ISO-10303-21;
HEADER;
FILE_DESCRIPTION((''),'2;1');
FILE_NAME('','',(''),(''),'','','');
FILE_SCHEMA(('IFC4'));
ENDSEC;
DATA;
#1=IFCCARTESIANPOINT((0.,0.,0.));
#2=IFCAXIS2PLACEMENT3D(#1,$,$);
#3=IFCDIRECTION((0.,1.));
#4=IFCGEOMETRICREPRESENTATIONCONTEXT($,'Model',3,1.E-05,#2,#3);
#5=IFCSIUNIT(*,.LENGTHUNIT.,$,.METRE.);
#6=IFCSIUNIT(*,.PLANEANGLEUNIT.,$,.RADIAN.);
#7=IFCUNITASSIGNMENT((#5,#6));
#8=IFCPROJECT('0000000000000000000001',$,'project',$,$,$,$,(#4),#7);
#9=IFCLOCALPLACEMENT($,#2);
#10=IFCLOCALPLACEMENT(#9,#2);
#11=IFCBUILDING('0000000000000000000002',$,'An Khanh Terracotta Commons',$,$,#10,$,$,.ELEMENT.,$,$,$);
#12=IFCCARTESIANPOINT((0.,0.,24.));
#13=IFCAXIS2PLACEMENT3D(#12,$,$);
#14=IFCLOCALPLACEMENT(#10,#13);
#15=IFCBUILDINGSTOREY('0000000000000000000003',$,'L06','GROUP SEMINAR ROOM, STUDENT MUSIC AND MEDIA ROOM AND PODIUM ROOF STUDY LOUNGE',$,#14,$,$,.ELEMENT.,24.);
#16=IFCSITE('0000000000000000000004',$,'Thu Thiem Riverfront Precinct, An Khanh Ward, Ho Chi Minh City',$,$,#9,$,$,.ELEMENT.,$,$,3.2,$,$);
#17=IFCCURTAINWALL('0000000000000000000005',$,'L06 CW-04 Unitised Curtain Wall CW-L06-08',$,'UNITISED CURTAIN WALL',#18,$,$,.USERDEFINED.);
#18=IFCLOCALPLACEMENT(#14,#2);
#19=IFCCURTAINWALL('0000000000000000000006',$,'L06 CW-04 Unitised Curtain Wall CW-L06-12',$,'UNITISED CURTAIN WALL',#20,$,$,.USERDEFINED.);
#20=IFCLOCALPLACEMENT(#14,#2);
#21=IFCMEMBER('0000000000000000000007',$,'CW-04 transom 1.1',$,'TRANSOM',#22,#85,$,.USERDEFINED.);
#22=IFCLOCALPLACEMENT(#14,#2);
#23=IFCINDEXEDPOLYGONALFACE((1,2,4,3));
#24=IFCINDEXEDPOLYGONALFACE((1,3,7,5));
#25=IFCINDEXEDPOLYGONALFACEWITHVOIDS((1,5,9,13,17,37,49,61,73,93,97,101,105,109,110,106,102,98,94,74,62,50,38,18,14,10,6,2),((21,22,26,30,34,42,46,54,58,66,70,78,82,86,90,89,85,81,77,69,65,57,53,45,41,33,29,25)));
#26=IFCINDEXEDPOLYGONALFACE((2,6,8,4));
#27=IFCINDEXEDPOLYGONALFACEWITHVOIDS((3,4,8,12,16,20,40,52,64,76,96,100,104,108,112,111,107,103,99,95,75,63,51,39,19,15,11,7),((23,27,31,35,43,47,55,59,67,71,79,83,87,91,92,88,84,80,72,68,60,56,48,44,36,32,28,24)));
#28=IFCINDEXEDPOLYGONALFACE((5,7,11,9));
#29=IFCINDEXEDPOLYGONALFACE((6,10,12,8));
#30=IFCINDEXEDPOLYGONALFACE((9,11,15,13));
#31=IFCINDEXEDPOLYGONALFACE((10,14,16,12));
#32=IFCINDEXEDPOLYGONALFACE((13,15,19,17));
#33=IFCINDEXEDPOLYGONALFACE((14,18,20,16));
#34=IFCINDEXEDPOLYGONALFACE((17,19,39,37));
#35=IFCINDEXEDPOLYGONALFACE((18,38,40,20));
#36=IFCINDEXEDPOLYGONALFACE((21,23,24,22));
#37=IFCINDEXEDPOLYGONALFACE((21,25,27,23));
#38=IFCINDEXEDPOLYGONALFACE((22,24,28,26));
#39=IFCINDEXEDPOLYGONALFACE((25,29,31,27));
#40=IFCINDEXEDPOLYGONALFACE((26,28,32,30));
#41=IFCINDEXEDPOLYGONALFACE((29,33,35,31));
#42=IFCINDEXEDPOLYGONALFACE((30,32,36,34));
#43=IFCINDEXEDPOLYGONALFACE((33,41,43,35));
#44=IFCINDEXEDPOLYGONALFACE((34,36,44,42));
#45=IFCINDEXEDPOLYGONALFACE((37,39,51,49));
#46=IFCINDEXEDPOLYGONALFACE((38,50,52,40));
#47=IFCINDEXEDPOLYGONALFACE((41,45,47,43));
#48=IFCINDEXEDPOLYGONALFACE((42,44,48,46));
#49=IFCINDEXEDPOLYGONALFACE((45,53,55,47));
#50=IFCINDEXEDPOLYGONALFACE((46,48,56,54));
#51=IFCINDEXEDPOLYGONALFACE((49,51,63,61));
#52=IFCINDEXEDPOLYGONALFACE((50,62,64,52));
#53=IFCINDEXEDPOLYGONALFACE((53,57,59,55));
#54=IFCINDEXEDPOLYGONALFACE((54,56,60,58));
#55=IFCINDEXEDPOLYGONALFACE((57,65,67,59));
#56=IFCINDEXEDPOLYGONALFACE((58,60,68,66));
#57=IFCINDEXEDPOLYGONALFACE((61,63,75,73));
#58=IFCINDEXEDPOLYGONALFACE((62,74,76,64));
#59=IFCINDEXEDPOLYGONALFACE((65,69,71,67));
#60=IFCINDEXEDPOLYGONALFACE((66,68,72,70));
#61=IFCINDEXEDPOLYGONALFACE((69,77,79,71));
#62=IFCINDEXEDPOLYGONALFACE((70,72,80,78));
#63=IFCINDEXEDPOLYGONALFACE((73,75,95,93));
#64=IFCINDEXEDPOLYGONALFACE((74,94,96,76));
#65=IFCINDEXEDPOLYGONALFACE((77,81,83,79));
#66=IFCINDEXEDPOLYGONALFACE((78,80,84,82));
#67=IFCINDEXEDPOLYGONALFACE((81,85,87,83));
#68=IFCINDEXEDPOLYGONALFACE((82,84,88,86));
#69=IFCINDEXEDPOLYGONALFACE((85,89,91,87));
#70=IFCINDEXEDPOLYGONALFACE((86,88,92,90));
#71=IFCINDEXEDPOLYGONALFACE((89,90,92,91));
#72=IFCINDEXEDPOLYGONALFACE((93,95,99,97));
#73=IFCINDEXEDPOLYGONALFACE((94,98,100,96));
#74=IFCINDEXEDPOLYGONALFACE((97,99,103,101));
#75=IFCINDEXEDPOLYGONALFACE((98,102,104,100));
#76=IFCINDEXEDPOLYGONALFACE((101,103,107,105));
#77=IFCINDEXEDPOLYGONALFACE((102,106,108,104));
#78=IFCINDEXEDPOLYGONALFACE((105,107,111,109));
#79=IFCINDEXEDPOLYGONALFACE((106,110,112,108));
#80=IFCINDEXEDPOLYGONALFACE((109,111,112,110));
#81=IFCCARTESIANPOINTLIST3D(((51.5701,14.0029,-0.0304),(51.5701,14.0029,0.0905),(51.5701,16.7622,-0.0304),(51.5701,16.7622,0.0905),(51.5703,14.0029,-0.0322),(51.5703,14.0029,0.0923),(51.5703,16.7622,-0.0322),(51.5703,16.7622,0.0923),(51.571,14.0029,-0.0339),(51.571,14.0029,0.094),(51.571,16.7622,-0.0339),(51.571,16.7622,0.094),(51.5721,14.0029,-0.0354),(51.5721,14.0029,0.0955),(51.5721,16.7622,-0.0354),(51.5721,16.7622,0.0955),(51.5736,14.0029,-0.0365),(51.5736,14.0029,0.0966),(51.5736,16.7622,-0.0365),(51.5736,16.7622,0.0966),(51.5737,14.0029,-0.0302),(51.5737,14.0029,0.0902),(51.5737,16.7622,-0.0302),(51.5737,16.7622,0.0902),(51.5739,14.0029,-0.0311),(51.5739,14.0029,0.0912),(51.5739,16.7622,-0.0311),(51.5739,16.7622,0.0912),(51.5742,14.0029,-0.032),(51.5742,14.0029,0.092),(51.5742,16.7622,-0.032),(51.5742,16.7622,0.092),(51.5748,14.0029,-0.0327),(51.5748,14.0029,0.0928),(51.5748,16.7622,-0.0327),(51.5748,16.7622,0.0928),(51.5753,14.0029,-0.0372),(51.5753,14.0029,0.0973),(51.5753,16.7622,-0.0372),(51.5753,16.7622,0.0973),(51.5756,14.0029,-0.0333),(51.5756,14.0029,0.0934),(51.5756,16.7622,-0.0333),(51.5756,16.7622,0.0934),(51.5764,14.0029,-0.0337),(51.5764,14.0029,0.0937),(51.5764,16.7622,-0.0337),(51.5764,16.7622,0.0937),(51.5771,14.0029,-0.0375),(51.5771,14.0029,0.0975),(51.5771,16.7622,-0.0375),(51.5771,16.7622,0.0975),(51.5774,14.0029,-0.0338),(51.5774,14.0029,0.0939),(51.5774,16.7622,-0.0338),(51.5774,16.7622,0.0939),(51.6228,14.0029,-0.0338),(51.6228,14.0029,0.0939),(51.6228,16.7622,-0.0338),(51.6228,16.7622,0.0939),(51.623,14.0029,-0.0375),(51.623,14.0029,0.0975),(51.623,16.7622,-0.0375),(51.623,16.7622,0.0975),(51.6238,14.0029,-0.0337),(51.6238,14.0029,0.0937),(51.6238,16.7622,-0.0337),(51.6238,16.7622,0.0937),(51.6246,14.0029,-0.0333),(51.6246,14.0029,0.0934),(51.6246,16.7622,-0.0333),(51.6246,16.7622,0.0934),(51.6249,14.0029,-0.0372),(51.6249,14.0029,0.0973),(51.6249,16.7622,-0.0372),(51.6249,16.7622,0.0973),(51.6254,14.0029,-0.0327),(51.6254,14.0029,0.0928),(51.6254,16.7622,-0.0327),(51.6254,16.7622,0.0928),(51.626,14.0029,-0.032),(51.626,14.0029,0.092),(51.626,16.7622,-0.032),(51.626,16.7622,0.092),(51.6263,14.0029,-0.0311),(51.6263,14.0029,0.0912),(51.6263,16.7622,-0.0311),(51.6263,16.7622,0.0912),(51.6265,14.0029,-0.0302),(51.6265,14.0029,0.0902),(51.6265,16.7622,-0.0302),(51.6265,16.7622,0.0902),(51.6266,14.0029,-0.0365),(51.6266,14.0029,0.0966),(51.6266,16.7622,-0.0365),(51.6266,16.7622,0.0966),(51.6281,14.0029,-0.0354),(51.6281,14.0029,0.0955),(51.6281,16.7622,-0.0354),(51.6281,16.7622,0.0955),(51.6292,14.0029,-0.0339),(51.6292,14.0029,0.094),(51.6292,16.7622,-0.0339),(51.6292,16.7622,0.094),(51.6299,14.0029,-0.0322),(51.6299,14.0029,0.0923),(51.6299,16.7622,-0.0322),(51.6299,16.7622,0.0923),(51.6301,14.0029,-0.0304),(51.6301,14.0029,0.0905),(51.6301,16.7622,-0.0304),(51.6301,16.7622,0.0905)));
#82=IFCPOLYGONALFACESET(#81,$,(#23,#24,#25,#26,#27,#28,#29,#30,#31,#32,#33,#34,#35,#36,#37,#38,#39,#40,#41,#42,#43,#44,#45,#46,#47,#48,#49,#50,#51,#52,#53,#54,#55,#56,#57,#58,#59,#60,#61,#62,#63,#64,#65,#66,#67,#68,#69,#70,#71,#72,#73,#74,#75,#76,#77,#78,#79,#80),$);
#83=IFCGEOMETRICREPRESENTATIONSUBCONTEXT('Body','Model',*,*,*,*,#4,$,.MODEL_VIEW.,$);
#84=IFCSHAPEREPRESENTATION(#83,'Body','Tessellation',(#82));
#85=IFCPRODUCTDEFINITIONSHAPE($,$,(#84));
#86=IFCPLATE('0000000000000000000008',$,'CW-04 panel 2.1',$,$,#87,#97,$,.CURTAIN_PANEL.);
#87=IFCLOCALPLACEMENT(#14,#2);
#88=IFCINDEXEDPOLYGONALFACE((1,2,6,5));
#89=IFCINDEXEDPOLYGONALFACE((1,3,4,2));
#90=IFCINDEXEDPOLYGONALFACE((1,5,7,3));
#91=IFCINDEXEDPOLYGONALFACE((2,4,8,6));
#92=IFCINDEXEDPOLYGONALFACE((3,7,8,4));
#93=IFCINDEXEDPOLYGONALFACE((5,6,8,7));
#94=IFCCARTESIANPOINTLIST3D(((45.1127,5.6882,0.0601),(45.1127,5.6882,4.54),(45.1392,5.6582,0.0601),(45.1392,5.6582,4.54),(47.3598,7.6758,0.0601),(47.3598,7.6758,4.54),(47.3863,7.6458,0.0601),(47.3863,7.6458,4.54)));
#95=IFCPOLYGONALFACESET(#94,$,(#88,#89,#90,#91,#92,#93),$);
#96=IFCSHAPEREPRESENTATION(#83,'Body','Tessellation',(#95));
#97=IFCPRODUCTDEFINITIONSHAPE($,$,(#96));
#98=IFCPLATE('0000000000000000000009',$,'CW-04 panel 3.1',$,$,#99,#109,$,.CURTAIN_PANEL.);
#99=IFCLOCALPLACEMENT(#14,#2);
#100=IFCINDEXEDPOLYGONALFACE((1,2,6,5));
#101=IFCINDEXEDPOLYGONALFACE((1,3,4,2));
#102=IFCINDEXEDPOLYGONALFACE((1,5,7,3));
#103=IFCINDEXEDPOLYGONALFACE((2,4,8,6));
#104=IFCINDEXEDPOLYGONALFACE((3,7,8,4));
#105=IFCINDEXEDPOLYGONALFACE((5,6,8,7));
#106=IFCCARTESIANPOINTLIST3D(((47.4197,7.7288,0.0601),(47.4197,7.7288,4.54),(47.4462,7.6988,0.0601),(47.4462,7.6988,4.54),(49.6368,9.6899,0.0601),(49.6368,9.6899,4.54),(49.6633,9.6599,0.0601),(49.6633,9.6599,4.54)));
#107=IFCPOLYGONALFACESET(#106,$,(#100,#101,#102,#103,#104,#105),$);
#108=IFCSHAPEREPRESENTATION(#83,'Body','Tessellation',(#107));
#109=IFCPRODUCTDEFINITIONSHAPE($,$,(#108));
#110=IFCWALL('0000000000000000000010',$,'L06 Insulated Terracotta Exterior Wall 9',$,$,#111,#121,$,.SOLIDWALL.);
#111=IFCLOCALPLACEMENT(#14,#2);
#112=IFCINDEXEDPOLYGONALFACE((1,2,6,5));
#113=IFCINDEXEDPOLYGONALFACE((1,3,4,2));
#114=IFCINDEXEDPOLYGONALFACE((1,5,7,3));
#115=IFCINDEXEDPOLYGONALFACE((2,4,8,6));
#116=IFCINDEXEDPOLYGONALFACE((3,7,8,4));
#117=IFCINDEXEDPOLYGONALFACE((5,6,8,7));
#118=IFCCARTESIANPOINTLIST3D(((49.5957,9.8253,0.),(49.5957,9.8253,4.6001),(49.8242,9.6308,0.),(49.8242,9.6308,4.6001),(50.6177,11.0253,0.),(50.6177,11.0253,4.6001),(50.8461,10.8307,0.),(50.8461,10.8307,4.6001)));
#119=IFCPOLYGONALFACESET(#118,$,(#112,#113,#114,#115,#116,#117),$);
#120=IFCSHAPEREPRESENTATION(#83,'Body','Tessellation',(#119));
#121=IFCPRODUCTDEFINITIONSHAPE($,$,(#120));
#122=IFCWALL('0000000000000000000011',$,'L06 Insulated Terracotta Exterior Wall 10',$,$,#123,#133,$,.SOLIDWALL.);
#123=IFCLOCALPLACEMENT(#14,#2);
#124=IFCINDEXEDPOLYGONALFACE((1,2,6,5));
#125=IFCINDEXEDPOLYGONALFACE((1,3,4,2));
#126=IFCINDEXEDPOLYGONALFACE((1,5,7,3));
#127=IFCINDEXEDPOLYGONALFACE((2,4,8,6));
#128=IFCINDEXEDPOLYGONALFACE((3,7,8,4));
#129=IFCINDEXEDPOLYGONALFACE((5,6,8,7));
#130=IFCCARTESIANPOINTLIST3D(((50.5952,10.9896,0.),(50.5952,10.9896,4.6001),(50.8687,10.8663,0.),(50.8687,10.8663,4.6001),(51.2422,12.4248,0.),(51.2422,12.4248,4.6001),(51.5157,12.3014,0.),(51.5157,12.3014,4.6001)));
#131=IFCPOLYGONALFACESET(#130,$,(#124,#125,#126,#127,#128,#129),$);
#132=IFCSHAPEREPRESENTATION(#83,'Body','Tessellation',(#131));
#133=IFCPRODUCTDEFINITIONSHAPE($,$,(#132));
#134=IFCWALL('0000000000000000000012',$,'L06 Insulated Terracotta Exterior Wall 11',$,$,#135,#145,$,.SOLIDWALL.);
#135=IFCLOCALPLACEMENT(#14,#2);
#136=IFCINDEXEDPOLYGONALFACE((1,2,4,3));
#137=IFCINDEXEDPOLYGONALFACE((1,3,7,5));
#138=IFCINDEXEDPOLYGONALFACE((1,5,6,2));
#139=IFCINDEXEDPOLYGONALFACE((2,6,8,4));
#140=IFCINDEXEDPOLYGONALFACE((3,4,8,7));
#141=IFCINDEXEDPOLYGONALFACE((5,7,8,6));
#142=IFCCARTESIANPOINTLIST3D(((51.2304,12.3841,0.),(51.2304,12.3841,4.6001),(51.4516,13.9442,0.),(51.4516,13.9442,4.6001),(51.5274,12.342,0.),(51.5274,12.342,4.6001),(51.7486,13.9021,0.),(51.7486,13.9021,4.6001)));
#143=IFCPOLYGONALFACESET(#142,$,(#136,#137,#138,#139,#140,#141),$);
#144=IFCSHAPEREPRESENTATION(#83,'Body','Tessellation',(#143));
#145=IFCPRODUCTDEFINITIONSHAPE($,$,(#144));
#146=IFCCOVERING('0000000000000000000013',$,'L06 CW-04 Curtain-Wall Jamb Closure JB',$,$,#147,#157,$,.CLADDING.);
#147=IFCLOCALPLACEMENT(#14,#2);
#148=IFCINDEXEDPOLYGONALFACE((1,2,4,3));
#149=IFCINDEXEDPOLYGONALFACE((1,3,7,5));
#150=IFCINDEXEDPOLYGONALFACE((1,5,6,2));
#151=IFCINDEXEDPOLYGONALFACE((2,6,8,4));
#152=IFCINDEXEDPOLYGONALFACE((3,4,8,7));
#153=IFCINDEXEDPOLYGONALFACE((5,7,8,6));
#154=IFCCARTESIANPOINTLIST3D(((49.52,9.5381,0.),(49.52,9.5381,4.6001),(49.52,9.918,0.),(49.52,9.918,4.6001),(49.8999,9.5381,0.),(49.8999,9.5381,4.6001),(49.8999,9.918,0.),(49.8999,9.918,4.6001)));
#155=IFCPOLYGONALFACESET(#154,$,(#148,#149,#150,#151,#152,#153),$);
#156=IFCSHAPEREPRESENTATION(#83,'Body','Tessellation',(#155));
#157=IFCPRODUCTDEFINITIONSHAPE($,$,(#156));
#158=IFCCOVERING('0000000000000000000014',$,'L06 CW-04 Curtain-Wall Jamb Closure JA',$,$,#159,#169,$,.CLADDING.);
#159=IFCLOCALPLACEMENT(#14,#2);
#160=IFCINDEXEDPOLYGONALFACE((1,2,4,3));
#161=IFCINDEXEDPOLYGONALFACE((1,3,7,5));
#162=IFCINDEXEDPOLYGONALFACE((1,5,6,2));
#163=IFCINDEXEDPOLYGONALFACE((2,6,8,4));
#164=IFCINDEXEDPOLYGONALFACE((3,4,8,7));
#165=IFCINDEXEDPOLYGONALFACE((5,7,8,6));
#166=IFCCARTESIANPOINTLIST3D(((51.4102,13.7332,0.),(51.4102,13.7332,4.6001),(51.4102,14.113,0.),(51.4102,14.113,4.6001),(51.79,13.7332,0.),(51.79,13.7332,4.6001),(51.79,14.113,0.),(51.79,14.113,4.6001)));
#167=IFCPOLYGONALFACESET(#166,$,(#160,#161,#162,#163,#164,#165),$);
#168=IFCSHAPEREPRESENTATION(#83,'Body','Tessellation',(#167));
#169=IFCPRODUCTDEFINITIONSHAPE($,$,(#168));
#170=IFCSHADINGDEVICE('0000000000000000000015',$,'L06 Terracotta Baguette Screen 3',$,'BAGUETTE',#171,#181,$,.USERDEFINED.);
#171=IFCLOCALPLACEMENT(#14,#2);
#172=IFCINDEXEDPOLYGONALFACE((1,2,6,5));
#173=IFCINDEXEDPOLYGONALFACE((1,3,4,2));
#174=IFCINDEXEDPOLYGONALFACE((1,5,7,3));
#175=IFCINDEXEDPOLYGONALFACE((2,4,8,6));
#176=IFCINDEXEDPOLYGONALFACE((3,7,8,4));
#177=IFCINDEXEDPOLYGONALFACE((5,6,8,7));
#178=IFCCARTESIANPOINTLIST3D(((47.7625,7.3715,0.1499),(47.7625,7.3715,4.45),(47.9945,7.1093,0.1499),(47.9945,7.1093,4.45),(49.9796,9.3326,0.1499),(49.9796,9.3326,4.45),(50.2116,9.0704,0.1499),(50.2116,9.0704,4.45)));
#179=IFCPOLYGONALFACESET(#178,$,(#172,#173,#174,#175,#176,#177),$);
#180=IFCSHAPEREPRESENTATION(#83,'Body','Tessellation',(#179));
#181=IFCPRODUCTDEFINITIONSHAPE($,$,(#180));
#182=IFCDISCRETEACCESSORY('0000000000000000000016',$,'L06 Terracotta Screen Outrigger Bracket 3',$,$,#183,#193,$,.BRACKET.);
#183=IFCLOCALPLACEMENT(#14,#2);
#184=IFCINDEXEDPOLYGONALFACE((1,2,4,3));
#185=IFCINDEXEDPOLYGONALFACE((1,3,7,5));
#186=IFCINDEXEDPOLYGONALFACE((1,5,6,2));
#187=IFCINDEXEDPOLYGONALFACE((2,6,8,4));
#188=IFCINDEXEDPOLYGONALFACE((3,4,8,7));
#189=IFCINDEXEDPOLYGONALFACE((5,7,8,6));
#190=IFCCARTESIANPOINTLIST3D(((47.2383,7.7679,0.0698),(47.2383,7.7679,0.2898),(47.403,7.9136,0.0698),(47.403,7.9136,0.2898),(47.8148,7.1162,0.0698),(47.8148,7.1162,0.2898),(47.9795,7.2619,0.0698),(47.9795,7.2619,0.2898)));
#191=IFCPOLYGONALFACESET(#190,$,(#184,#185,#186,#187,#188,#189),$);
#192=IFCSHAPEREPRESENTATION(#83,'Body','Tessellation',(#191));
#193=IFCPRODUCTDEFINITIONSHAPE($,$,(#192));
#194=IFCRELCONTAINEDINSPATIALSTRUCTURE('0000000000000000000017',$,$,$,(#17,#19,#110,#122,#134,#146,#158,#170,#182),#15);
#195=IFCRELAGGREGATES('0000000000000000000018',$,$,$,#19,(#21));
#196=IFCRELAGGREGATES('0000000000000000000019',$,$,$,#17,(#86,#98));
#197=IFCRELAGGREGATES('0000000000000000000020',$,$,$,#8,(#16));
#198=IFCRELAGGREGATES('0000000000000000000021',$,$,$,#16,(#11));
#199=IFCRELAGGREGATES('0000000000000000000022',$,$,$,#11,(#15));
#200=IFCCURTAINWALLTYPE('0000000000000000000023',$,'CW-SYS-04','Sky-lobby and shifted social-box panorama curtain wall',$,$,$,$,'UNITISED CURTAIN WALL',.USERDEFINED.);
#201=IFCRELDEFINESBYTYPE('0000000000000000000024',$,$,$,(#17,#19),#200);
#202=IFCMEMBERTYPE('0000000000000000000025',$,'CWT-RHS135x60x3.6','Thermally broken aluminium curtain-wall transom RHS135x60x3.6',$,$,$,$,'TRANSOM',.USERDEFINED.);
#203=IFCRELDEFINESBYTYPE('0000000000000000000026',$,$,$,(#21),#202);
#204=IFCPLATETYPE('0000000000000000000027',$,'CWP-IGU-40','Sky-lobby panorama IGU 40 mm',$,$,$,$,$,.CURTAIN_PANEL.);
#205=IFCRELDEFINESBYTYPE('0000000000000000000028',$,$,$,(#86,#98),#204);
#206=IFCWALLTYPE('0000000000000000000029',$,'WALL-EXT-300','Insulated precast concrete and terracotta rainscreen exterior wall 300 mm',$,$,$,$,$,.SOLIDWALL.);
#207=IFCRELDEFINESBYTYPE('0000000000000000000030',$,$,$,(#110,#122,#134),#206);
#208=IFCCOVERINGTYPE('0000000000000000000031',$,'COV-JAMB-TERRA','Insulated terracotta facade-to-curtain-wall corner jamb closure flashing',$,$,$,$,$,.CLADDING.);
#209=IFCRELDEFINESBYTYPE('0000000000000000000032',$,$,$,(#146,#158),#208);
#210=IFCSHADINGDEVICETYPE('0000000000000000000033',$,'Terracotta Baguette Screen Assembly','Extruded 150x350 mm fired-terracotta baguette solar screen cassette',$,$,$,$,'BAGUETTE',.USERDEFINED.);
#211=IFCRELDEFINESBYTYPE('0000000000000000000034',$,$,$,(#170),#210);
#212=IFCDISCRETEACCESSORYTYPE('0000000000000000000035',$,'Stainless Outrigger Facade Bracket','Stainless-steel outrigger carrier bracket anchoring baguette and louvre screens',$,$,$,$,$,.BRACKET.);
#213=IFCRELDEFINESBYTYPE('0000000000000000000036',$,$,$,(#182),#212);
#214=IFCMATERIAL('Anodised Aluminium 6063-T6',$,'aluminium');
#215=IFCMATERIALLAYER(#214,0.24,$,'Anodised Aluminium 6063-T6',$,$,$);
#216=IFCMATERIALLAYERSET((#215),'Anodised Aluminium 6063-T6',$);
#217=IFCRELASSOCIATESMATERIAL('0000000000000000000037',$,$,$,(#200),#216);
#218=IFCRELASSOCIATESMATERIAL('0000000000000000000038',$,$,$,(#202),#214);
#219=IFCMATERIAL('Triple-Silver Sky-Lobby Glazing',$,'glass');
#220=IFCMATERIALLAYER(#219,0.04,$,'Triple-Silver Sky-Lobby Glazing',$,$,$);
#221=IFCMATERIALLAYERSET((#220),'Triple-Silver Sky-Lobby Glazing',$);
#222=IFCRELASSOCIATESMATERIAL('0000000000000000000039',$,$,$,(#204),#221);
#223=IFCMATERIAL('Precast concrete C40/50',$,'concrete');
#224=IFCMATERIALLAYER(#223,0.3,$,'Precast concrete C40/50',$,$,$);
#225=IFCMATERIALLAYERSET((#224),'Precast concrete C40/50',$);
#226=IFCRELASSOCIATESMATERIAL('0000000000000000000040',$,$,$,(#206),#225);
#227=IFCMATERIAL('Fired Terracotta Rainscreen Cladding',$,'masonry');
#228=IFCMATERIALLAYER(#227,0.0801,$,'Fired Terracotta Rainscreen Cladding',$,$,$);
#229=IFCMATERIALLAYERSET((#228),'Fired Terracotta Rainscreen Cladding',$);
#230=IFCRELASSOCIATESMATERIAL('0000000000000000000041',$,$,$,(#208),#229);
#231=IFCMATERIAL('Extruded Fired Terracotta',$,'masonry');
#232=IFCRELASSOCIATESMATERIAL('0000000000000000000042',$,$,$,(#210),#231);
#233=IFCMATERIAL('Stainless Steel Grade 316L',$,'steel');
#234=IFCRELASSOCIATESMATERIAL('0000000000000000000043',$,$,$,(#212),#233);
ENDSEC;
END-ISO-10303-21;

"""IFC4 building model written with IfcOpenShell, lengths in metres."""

from ifc_helpers import new_model, si_unit, direction, frame, frame_2d, origin, origin_2d, place, context, subcontext, project, spatial, rectangle, hollow_rectangle, extrude, material, layer, layer_set, material_profile, profile_set, type_object, element, aggregate, save


model = new_model("IFC4")

# Units and contexts
model_context = context("Model", 3, precision=1e-05, world=origin(), true_north=direction((0.0, 1.0)))
body_context = subcontext(model_context, "Body", "Model", "MODEL_VIEW")
ifc_project = project(units=[si_unit("LENGTHUNIT", "METRE"), si_unit("PLANEANGLEUNIT", "RADIAN")], contexts=[model_context])

# Site, building, storey
site_placement = place(None, origin())
site = spatial("IfcSite", under=ifc_project, at=site_placement, Name="Thu Thiem Riverfront Precinct, An Khanh Ward, Ho Chi Minh City", CompositionType="ELEMENT", RefElevation=3.2)
building_placement = place(site_placement, origin())
building = spatial("IfcBuilding", under=site, at=building_placement, Name="An Khanh Terracotta Commons", CompositionType="ELEMENT")
storey_placement = place(building_placement, frame((0.0, 0.0, 24.0)))
storey = spatial("IfcBuildingStorey", under=building, at=storey_placement, Name="L06", Description="GROUP SEMINAR ROOM, STUDENT MUSIC AND MEDIA ROOM AND PODIUM ROOF STUDY LOUNGE", CompositionType="ELEMENT", Elevation=24.0)

# Curtain wall
ifc_material_1 = material(Name="Anodised Aluminium 6063-T6", Category="aluminium")
ifc_layer_1 = layer(ifc_material_1, 0.24, Name="Anodised Aluminium 6063-T6")
ifc_layer_set_1 = layer_set([ifc_layer_1], Name="Anodised Aluminium 6063-T6")
curtain_wall_type = type_object("IfcCurtainWallType", Name="CW-SYS-04", Description="Sky-lobby and shifted social-box panorama curtain wall", ElementType="UNITISED CURTAIN WALL", PredefinedType="USERDEFINED", material=ifc_layer_set_1)
curtain_wall_1_placement = place(storey_placement, origin())
curtain_wall_1 = element("IfcCurtainWall", 1, at=curtain_wall_1_placement, inside=storey, type_object=curtain_wall_type, Name="L06 CW-04 Unitised Curtain Wall CW-L06-08", ObjectType="UNITISED CURTAIN WALL", PredefinedType="USERDEFINED")

# Curtain wall
curtain_wall_2_placement = place(storey_placement, origin())
curtain_wall_2 = element("IfcCurtainWall", 2, at=curtain_wall_2_placement, inside=storey, type_object=curtain_wall_type, Name="L06 CW-04 Unitised Curtain Wall CW-L06-12", ObjectType="UNITISED CURTAIN WALL", PredefinedType="USERDEFINED")

# Member
ifc_material_profile_1 = material_profile(ifc_material_1, hollow_rectangle(XDim=0.0601, YDim=0.135, WallThickness=0.0037, InnerFilletRadius=0.0037, OuterFilletRadius=0.0071, at=origin_2d()), Name="RHS135x60x3.6")
ifc_profile_set_1 = profile_set([ifc_material_profile_1], Name="Anodised Aluminium 6063-T6")
member_type_1 = type_object("IfcMemberType", Name="CWT-RHS135x60x3.6", Description="Thermally broken aluminium curtain-wall transom RHS135x60x3.6", ElementType="TRANSOM", PredefinedType="USERDEFINED", material=ifc_profile_set_1)
member_1_placement = place(storey_placement, frame((51.6001, 14.0029, 0.03), z_axis=(0.0, 1.0, 0.0), x_axis=(-1.0, 0.0, 0.0)))
member_1 = element("IfcMember", 3, at=member_1_placement, type_object=member_type_1, Name="CW-04 transom 1.1", ObjectType="TRANSOM", PredefinedType="USERDEFINED", context=body_context, shape_type="SweptSolid", body=[
    extrude(hollow_rectangle(XDim=0.0601, YDim=0.135, WallThickness=0.0037, InnerFilletRadius=0.0037, OuterFilletRadius=0.0071, at=origin_2d()), origin(), (0.0, 0.0, 1.0), 2.7593),
])
aggregate(curtain_wall_2, [member_1])

# Plates
ifc_material_2 = material(Name="Triple-Silver Sky-Lobby Glazing", Category="glass")
ifc_layer_2 = layer(ifc_material_2, 0.04, Name="Triple-Silver Sky-Lobby Glazing")
ifc_layer_set_2 = layer_set([ifc_layer_2], Name="Triple-Silver Sky-Lobby Glazing")
plate_type = type_object("IfcPlateType", Name="CWP-IGU-40", Description="Sky-lobby panorama IGU 40 mm", PredefinedType="CURTAIN_PANEL", material=ifc_layer_set_2)
plate_1_placement = place(storey_placement, frame((46.2495, 6.667, 0.0601), z_axis=(0.0, 0.0, 1.0), x_axis=(0.749019, 0.662548, 0.0)))
plate_1 = element("IfcPlate", 4, at=plate_1_placement, type_object=plate_type, Name="CW-04 panel 2.1", PredefinedType="CURTAIN_PANEL", context=body_context, shape_type="SweptSolid", body=[
    extrude(rectangle(XDim=3.0, YDim=0.04, at=origin_2d()), origin(), (0.0, 0.0, 1.0), 4.48),
])
plate_2_placement = place(storey_placement, frame((48.5415, 8.6943, 0.0601), z_axis=(0.0, 0.0, 1.0), x_axis=(0.749019, 0.662548, 0.0)))
plate_2 = element("IfcPlate", 5, at=plate_2_placement, type_object=plate_type, Name="CW-04 panel 3.1", PredefinedType="CURTAIN_PANEL", context=body_context, shape_type="SweptSolid", body=[
    extrude(rectangle(XDim=2.96, YDim=0.04, at=origin_2d()), origin(), (0.0, 0.0, 1.0), 4.48),
])
aggregate(curtain_wall_1, [plate_1, plate_2])

# Walls
ifc_material_3 = material(Name="Precast concrete C40/50", Category="concrete")
ifc_layer_3 = layer(ifc_material_3, 0.3, Name="Precast concrete C40/50")
ifc_layer_set_3 = layer_set([ifc_layer_3], Name="Precast concrete C40/50")
wall_type = type_object("IfcWallType", Name="WALL-EXT-300", Description="Insulated precast concrete and terracotta rainscreen exterior wall 300 mm", PredefinedType="SOLIDWALL", material=ifc_layer_set_3)
wall_1_placement = place(storey_placement, frame((49.71, 9.728, 0.0), z_axis=(0.0, 0.0, 1.0), x_axis=(0.64839, 0.761308, 0.0)))
element("IfcWall", 6, at=wall_1_placement, inside=storey, type_object=wall_type, Name="L06 Insulated Terracotta Exterior Wall 9", PredefinedType="SOLIDWALL", context=body_context, shape_type="SweptSolid", body=[
    extrude(rectangle(XDim=1.5762, YDim=0.3, at=frame_2d((0.7881, 0.0))), origin(), (0.0, 0.0, 1.0), 4.6001),
])
wall_2_placement = place(storey_placement, frame((50.7319, 10.928, 0.0), z_axis=(0.0, 0.0, 1.0), x_axis=(0.410997, 0.911637, 0.0)))
element("IfcWall", 7, at=wall_2_placement, inside=storey, type_object=wall_type, Name="L06 Insulated Terracotta Exterior Wall 10", PredefinedType="SOLIDWALL", context=body_context, shape_type="SweptSolid", body=[
    extrude(rectangle(XDim=1.5742, YDim=0.3, at=frame_2d((0.7871, 0.0))), origin(), (0.0, 0.0, 1.0), 4.6001),
])
wall_3_placement = place(storey_placement, frame((51.3789, 12.363, 0.0), z_axis=(0.0, 0.0, 1.0), x_axis=(0.14038, 0.990098, 0.0)))
element("IfcWall", 8, at=wall_3_placement, inside=storey, type_object=wall_type, Name="L06 Insulated Terracotta Exterior Wall 11", PredefinedType="SOLIDWALL", context=body_context, shape_type="SweptSolid", body=[
    extrude(rectangle(XDim=1.5757, YDim=0.3, at=frame_2d((0.7878, 0.0))), origin(), (0.0, 0.0, 1.0), 4.6001),
])

# Coverings
ifc_material_4 = material(Name="Fired Terracotta Rainscreen Cladding", Category="masonry")
ifc_layer_4 = layer(ifc_material_4, 0.0801, Name="Fired Terracotta Rainscreen Cladding")
ifc_layer_set_4 = layer_set([ifc_layer_4], Name="Fired Terracotta Rainscreen Cladding")
covering_type = type_object("IfcCoveringType", Name="COV-JAMB-TERRA", Description="Insulated terracotta facade-to-curtain-wall corner jamb closure flashing", PredefinedType="CLADDING", material=ifc_layer_set_4)
for number, where, z_axis, x_axis, name in (
    (9, (49.71, 9.728, 0.0), (0.0, 0.0, 1.0), (1.0, 0.0, 0.0), "L06 CW-04 Curtain-Wall Jamb Closure JB"),
    (10, (51.6001, 13.9231, 0.0), (0.0, 0.0, 1.0), (1.0, 0.0, 0.0), "L06 CW-04 Curtain-Wall Jamb Closure JA"),
):
    element("IfcCovering", number, at=place(storey_placement, frame(where, z_axis=z_axis, x_axis=x_axis)), inside=storey, type_object=covering_type, Name=name, PredefinedType="CLADDING", context=body_context, shape_type="SweptSolid", body=[
        extrude(rectangle(XDim=0.3799, YDim=0.3799, at=origin_2d()), origin(), (0.0, 0.0, 1.0), 4.6001),
    ])

# Shading device
ifc_material_5 = material(Name="Extruded Fired Terracotta", Category="masonry")
shading_device_type = type_object("IfcShadingDeviceType", Name="Terracotta Baguette Screen Assembly", Description="Extruded 150x350 mm fired-terracotta baguette solar screen cassette", ElementType="BAGUETTE", PredefinedType="USERDEFINED", material=ifc_material_5)
shading_device_placement = place(storey_placement, frame((48.9871, 8.2209, 0.1499), z_axis=(0.0, 0.0, 1.0), x_axis=(0.749019, 0.662548, 0.0)))
element("IfcShadingDevice", 11, at=shading_device_placement, inside=storey, type_object=shading_device_type, Name="L06 Terracotta Baguette Screen 3", ObjectType="BAGUETTE", PredefinedType="USERDEFINED", context=body_context, shape_type="SweptSolid", body=[
    extrude(rectangle(XDim=2.96, YDim=0.3501, at=origin_2d()), origin(), (0.0, 0.0, 1.0), 4.3),
])

# Discrete accessory
ifc_material_6 = material(Name="Stainless Steel Grade 316L", Category="steel")
discrete_accessory_type = type_object("IfcDiscreteAccessoryType", Name="Stainless Outrigger Facade Bracket", Description="Stainless-steel outrigger carrier bracket anchoring baguette and louvre screens", PredefinedType="BRACKET", material=ifc_material_6)
for number, where, z_axis, x_axis, name in (
    (12, (47.6089, 7.5149, 0.0698), (0.0, 0.0, 1.0), (0.749019, 0.662548, 0.0), "L06 Terracotta Screen Outrigger Bracket 3"),
):
    element("IfcDiscreteAccessory", number, at=place(storey_placement, frame(where, z_axis=z_axis, x_axis=x_axis)), inside=storey, type_object=discrete_accessory_type, Name=name, PredefinedType="BRACKET", context=body_context, shape_type="SweptSolid", body=[
        extrude(rectangle(XDim=0.22, YDim=0.8701, at=origin_2d()), origin(), (0.0, 0.0, 1.0), 0.22),
    ])

save(model, "model.ifc")
